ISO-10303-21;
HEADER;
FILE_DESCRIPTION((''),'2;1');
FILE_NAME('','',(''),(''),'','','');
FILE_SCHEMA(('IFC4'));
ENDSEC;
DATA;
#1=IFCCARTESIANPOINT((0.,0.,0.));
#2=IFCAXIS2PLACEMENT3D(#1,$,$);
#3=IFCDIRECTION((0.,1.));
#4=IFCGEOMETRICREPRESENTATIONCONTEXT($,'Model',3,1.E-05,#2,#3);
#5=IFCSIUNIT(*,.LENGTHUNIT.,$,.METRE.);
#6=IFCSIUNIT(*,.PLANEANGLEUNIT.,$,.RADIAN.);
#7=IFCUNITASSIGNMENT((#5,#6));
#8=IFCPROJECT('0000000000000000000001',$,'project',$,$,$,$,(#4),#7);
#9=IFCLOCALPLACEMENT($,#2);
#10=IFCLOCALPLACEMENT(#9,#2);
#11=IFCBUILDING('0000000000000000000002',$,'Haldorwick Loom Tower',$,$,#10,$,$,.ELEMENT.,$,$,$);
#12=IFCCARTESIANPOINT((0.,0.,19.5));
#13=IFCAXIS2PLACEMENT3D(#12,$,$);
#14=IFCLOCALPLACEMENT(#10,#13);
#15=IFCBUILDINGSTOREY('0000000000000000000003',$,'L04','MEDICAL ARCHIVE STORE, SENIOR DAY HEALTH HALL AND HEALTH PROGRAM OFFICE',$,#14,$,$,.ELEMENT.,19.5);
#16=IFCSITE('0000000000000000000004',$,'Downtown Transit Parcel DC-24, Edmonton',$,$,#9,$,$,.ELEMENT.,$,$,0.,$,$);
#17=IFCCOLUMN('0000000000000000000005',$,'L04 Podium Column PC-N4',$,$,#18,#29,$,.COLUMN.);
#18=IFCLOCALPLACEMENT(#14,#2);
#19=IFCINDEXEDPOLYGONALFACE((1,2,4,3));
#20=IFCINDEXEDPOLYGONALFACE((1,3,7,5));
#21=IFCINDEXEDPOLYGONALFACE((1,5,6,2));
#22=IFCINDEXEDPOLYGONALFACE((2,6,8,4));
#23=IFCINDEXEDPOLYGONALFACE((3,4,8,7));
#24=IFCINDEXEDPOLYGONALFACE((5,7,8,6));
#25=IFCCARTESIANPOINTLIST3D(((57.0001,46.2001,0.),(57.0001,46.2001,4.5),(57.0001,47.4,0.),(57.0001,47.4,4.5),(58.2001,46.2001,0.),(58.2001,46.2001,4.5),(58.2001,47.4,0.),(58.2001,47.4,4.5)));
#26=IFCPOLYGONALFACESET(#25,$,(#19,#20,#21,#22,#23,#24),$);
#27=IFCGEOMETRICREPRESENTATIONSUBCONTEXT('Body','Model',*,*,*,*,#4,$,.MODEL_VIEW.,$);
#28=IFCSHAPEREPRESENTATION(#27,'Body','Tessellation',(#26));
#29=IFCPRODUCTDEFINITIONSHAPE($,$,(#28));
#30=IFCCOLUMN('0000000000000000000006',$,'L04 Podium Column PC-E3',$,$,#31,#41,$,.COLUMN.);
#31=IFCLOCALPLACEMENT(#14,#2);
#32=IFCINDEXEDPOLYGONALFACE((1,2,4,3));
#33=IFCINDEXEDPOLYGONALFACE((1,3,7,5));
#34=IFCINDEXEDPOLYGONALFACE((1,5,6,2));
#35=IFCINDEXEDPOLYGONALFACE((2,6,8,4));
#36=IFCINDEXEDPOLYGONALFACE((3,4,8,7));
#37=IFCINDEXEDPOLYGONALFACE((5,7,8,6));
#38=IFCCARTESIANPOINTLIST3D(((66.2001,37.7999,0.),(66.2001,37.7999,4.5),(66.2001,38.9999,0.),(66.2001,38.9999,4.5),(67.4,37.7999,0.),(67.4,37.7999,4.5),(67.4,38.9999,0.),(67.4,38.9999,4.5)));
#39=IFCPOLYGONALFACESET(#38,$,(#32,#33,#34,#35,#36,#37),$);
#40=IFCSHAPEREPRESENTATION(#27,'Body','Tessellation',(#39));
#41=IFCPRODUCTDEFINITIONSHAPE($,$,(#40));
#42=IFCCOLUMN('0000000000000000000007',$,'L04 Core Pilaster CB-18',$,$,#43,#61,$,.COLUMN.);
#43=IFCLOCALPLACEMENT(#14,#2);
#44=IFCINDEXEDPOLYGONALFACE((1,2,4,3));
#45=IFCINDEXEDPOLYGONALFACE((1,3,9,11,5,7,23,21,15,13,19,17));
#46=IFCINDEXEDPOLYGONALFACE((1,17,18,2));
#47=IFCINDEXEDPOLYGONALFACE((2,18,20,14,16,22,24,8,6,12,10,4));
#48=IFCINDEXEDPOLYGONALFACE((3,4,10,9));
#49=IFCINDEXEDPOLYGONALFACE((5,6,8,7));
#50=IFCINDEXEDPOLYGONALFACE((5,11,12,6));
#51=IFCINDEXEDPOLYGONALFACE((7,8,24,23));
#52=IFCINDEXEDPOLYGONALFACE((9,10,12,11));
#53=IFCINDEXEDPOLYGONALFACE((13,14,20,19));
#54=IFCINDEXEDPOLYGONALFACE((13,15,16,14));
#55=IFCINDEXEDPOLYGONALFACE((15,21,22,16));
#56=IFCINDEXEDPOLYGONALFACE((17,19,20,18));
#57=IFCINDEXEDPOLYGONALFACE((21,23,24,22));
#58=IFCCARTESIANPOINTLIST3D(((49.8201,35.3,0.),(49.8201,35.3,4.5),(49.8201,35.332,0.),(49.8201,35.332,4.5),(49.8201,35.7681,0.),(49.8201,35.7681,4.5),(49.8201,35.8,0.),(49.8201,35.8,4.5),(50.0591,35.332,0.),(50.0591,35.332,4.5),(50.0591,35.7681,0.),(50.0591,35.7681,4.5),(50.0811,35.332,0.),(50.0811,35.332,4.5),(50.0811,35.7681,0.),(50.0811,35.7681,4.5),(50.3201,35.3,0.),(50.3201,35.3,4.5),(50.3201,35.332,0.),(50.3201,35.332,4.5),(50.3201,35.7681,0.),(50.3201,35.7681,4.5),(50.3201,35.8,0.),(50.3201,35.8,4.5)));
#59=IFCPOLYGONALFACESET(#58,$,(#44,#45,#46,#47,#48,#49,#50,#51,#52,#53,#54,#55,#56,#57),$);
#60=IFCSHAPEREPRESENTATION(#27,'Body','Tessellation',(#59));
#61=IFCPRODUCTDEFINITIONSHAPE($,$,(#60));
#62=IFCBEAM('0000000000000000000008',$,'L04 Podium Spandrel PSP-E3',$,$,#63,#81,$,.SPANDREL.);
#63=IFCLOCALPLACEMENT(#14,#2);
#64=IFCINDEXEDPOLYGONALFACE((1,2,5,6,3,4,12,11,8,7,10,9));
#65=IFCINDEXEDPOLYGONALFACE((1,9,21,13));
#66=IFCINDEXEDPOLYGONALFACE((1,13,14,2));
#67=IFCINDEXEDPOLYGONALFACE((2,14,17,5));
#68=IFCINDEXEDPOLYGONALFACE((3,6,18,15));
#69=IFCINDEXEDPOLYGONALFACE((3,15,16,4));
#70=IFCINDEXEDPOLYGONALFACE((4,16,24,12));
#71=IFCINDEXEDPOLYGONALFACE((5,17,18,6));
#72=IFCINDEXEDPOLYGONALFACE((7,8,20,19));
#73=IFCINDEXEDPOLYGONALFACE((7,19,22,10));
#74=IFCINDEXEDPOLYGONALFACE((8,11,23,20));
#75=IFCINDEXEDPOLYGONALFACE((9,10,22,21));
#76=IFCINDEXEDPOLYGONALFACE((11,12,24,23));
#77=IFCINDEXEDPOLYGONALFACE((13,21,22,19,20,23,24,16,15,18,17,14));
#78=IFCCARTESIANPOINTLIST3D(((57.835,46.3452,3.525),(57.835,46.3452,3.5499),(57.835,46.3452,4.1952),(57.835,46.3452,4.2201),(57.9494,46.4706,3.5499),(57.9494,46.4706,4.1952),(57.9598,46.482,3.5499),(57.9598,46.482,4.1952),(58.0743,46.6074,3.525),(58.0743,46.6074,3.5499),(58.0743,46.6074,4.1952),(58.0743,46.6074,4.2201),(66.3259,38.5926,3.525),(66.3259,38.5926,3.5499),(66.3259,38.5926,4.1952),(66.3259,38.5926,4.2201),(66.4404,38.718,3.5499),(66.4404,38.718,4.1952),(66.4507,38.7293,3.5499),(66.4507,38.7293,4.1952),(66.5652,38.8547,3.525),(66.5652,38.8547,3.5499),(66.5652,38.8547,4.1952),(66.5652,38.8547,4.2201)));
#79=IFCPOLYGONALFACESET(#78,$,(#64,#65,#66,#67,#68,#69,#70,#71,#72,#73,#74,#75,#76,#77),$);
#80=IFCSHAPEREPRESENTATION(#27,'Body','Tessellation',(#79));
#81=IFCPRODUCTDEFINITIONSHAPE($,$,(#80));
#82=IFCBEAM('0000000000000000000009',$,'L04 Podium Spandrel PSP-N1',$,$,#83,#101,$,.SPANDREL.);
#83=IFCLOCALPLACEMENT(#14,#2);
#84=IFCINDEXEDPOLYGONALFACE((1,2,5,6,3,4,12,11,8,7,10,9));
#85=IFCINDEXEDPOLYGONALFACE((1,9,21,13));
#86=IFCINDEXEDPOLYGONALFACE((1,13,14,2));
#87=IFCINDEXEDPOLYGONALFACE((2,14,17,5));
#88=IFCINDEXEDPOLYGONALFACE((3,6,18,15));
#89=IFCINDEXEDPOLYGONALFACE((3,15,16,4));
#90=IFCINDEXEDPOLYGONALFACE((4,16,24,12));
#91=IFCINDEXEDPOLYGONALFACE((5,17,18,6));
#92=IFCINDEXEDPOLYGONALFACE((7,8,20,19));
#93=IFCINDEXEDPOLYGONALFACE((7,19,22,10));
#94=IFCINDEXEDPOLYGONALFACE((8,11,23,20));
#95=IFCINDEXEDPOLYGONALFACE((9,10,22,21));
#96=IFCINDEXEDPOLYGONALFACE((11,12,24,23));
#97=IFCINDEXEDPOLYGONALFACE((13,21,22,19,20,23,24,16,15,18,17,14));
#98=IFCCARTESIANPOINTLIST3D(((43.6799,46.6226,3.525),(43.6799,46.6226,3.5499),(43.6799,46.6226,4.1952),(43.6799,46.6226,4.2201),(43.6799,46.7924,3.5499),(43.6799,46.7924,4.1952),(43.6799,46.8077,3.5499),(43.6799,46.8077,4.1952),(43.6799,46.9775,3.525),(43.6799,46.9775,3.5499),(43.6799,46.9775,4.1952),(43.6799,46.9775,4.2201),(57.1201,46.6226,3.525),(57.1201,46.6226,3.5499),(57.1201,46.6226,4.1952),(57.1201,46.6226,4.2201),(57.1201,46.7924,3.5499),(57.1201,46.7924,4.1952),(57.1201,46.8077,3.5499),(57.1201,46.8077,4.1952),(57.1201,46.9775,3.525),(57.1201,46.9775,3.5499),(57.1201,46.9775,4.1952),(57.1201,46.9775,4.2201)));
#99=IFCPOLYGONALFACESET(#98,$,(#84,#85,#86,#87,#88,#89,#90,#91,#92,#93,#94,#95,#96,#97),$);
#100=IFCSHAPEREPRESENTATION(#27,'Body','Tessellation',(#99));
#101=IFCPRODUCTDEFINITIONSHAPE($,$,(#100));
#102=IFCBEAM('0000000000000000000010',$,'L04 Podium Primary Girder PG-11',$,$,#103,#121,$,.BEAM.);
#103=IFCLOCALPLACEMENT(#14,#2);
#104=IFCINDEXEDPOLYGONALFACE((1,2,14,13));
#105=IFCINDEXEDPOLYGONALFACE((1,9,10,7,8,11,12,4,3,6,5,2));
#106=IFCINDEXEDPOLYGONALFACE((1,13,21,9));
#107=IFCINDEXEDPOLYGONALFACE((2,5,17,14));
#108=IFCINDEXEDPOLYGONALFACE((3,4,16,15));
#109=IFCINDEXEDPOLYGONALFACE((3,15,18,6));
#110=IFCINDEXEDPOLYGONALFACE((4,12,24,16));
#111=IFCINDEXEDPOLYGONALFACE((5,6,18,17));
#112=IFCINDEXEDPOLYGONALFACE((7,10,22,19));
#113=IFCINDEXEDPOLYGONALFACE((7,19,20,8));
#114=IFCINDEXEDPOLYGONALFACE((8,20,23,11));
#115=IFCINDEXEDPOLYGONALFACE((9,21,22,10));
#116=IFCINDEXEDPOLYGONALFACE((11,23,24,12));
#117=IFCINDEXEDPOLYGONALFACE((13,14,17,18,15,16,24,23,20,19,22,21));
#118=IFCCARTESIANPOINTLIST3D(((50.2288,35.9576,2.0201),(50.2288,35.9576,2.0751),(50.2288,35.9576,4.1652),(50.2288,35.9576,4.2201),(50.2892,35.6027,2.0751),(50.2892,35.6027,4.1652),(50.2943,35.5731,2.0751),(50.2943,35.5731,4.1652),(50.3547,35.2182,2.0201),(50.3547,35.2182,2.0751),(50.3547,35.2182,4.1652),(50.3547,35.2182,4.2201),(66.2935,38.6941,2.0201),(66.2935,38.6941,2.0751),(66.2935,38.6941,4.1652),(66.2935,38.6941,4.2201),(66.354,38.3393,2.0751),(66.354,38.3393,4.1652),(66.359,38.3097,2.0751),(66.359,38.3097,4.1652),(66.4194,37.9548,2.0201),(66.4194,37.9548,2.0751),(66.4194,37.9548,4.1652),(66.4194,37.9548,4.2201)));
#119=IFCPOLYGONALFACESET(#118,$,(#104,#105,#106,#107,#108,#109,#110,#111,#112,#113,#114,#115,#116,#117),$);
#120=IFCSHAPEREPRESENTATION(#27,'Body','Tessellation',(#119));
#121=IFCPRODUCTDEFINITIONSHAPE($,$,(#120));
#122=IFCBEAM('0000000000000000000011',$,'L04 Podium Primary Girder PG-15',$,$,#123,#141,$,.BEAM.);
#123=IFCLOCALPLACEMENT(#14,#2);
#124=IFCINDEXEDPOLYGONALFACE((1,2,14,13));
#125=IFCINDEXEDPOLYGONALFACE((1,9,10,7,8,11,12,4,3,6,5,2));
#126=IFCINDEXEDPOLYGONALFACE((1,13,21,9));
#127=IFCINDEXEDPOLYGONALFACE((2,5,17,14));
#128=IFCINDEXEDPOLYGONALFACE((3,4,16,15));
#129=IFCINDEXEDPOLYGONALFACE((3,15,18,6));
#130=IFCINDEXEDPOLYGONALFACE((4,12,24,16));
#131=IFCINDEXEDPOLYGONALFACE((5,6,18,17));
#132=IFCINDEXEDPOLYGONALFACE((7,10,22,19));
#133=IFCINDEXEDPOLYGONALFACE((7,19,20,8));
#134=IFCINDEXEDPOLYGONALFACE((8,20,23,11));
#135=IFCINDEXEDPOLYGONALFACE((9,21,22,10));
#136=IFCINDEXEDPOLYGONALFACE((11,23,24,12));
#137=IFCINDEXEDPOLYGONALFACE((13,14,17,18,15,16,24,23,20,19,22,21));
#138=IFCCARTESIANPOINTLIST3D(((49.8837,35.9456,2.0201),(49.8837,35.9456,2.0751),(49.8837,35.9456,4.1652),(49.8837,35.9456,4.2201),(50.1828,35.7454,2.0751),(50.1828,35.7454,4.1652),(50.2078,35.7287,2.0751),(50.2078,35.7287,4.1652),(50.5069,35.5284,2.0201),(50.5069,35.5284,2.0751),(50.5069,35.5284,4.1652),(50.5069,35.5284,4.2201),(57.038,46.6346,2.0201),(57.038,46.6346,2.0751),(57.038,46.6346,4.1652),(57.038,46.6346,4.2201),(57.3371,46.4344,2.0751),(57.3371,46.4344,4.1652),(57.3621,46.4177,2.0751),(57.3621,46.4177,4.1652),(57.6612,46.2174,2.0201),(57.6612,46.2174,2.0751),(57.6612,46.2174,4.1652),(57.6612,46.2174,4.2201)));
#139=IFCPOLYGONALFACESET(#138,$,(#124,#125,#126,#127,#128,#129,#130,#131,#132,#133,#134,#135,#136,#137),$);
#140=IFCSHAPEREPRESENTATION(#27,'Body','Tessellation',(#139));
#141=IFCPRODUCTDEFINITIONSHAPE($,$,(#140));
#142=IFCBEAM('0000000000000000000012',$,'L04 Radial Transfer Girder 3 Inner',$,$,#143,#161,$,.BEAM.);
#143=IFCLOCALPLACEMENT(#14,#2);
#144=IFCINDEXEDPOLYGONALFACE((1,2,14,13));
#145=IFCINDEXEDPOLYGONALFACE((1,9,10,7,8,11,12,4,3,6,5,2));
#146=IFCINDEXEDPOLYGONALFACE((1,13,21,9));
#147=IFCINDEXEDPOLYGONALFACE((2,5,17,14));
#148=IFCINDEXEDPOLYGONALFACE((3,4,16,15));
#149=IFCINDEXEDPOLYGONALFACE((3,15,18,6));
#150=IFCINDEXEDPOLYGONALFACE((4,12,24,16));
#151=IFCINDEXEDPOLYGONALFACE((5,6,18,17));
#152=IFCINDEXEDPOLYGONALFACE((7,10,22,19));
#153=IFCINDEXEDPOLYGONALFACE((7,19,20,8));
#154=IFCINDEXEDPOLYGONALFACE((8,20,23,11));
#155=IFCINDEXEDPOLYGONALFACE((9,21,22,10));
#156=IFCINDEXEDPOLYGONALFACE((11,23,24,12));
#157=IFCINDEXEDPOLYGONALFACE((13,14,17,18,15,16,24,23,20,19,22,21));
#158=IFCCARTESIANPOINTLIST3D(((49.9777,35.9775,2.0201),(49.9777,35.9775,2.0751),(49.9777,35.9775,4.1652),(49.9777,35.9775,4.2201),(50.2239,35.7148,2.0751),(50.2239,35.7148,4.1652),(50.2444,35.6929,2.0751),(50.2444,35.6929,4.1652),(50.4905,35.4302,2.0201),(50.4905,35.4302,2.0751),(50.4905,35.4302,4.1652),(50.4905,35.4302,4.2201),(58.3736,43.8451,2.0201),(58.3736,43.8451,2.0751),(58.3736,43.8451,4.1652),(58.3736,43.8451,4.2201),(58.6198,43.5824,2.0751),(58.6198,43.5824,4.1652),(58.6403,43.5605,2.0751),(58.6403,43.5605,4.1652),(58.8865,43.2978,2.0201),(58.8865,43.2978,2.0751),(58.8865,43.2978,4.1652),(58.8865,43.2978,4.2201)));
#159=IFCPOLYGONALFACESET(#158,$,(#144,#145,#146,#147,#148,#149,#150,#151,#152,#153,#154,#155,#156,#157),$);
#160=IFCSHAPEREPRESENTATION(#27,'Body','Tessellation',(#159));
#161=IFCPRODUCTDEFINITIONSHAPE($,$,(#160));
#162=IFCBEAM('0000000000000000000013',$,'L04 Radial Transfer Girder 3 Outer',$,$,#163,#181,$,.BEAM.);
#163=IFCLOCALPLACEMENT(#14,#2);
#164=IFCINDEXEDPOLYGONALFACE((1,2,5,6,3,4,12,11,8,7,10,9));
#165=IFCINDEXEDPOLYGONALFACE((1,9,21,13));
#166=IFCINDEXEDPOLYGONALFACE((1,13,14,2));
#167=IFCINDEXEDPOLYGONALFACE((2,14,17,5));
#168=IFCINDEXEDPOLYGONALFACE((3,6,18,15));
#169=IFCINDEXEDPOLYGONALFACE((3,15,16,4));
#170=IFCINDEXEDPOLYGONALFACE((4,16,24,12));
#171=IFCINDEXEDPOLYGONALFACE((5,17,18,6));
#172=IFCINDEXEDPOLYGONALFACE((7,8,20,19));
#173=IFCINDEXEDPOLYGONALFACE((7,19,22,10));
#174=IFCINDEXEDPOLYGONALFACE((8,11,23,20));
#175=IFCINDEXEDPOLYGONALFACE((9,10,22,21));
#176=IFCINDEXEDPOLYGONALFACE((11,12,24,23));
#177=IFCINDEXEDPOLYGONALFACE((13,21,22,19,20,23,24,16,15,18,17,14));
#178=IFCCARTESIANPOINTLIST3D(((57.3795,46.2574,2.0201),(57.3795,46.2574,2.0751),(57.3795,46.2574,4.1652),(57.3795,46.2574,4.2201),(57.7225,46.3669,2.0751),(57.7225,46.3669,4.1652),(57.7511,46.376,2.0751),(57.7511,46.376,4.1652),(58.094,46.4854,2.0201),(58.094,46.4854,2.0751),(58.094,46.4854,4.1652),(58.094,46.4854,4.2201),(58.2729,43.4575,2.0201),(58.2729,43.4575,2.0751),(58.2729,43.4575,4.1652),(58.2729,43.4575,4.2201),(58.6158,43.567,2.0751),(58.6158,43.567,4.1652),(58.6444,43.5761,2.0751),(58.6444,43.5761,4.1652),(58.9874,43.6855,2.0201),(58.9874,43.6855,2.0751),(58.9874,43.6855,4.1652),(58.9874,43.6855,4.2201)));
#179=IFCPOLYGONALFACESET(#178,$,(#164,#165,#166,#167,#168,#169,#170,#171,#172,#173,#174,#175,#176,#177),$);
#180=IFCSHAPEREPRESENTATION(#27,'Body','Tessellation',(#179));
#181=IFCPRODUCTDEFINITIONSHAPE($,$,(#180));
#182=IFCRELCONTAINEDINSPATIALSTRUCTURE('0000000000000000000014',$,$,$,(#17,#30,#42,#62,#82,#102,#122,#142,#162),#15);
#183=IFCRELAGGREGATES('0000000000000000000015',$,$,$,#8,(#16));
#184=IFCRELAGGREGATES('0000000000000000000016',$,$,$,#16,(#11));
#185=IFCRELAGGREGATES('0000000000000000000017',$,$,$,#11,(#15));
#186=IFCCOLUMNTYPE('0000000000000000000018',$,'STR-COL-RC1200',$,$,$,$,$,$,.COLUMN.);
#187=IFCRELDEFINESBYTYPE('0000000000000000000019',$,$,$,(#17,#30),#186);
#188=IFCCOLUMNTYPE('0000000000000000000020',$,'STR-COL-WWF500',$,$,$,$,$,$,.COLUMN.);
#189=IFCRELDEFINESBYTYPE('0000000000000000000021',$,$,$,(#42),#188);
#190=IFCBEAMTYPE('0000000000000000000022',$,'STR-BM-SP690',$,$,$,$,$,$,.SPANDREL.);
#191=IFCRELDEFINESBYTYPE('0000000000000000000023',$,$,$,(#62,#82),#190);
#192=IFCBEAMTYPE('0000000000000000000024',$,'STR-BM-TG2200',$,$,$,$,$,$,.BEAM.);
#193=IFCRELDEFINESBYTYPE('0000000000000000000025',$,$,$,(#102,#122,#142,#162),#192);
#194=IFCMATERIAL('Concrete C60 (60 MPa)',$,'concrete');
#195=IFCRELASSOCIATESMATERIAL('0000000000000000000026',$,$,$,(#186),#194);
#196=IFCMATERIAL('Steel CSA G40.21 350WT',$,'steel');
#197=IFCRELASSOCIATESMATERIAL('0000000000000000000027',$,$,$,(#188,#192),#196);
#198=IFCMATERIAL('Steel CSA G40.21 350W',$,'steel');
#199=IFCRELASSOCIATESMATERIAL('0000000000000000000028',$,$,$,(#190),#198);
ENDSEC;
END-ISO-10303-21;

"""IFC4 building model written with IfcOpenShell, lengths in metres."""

from ifc_helpers import new_model, si_unit, direction, frame, origin, origin_2d, place, context, subcontext, project, spatial, rectangle, i_section, extrude, material, material_profile, profile_set, type_object, element, save


model = new_model("IFC4")

# Units and contexts
model_context = context("Model", 3, precision=1e-05, world=origin(), true_north=direction((0.0, 1.0)))
body_context = subcontext(model_context, "Body", "Model", "MODEL_VIEW")
ifc_project = project(units=[si_unit("LENGTHUNIT", "METRE"), si_unit("PLANEANGLEUNIT", "RADIAN")], contexts=[model_context])

# Site, building, storey
site_placement = place(None, origin())
site = spatial("IfcSite", under=ifc_project, at=site_placement, Name="Downtown Transit Parcel DC-24, Edmonton", CompositionType="ELEMENT", RefElevation=0.0)
building_placement = place(site_placement, origin())
building = spatial("IfcBuilding", under=site, at=building_placement, Name="Haldorwick Loom Tower", CompositionType="ELEMENT")
storey_placement = place(building_placement, frame((0.0, 0.0, 19.5)))
storey = spatial("IfcBuildingStorey", under=building, at=storey_placement, Name="L04", Description="MEDICAL ARCHIVE STORE, SENIOR DAY HEALTH HALL AND HEALTH PROGRAM OFFICE", CompositionType="ELEMENT", Elevation=19.5)

# Columns
ifc_material_1 = material(Name="Concrete C60 (60 MPa)", Category="concrete")
ifc_material_profile_1 = material_profile(ifc_material_1, rectangle(XDim=1.2, YDim=1.2, at=origin_2d()), Name="RC1200X1200", Category="concrete")
ifc_profile_set_1 = profile_set([ifc_material_profile_1], Name="Concrete C60 (60 MPa)")
column_type_1 = type_object("IfcColumnType", Name="STR-COL-RC1200", PredefinedType="COLUMN", material=ifc_profile_set_1)
for number, where, z_axis, x_axis, name in (
    (1, (57.6001, 46.8, 0.0), (0.0, 0.0, 1.0), (1.0, 0.0, 0.0), "L04 Podium Column PC-N4"),
    (2, (66.8, 38.3999, 0.0), (0.0, 0.0, 1.0), (1.0, 0.0, 0.0), "L04 Podium Column PC-E3"),
):
    element("IfcColumn", number, at=place(storey_placement, frame(where, z_axis=z_axis, x_axis=x_axis)), inside=storey, type_object=column_type_1, Name=name, PredefinedType="COLUMN", context=body_context, shape_type="SweptSolid", body=[
        extrude(rectangle(XDim=1.2, YDim=1.2, at=origin_2d()), origin(), (0.0, 0.0, 1.0), 4.5),
    ])
ifc_material_2 = material(Name="Steel CSA G40.21 350WT", Category="steel")
ifc_material_profile_2 = material_profile(ifc_material_2, i_section(OverallWidth=0.5, OverallDepth=0.5, WebThickness=0.022, FlangeThickness=0.032, at=origin_2d()), Name="WWF500X500", Category="steel")
ifc_profile_set_2 = profile_set([ifc_material_profile_2], Name="Steel CSA G40.21 350WT")
column_type_2 = type_object("IfcColumnType", Name="STR-COL-WWF500", PredefinedType="COLUMN", material=ifc_profile_set_2)
column_placement = place(storey_placement, frame((50.0701, 35.55, 0.0), z_axis=(0.0, 0.0, 1.0), x_axis=(1.0, 0.0, 0.0)))
element("IfcColumn", 3, at=column_placement, inside=storey, type_object=column_type_2, Name="L04 Core Pilaster CB-18", PredefinedType="COLUMN", context=body_context, shape_type="SweptSolid", body=[
    extrude(i_section(OverallWidth=0.5, OverallDepth=0.5, WebThickness=0.022, FlangeThickness=0.032, at=origin_2d()), origin(), (0.0, 0.0, 1.0), 4.5),
])

# Beams
ifc_material_3 = material(Name="Steel CSA G40.21 350W", Category="steel")
ifc_material_profile_3 = material_profile(ifc_material_3, i_section(OverallWidth=0.355, OverallDepth=0.6951, WebThickness=0.0154, FlangeThickness=0.0249, at=origin_2d()), Name="W690X217", Category="steel")
ifc_profile_set_3 = profile_set([ifc_material_profile_3], Name="Steel CSA G40.21 350W")
beam_type_1 = type_object("IfcBeamType", Name="STR-BM-SP690", PredefinedType="SPANDREL", material=ifc_profile_set_3)
beam_1_placement = place(storey_placement, frame((66.4456, 38.7236, 3.8726), z_axis=(-0.738483, 0.674272, 0.0), x_axis=(-0.674272, -0.738483, 0.0)))
element("IfcBeam", 4, at=beam_1_placement, inside=storey, type_object=beam_type_1, Name="L04 Podium Spandrel PSP-E3", PredefinedType="SPANDREL", context=body_context, shape_type="SweptSolid", body=[
    extrude(i_section(OverallWidth=0.355, OverallDepth=0.6951, WebThickness=0.0154, FlangeThickness=0.0249, at=origin_2d()), origin(), (0.0, 0.0, 1.0), 11.4978),
])
beam_2_placement = place(storey_placement, frame((57.1201, 46.8, 3.8726), z_axis=(-1.0, 0.0, 0.0), x_axis=(0.0, -1.0, 0.0)))
element("IfcBeam", 5, at=beam_2_placement, inside=storey, type_object=beam_type_1, Name="L04 Podium Spandrel PSP-N1", PredefinedType="SPANDREL", context=body_context, shape_type="SweptSolid", body=[
    extrude(i_section(OverallWidth=0.355, OverallDepth=0.6951, WebThickness=0.0154, FlangeThickness=0.0249, at=origin_2d()), origin(), (0.0, 0.0, 1.0), 13.4402),
])
ifc_material_profile_4 = material_profile(ifc_material_2, i_section(OverallWidth=0.75, OverallDepth=2.2, WebThickness=0.03, FlangeThickness=0.0549, at=origin_2d()), Name="WWF2200X750", Category="steel")
ifc_profile_set_4 = profile_set([ifc_material_profile_4], Name="Steel CSA G40.21 350WT")
beam_type_2 = type_object("IfcBeamType", Name="STR-BM-TG2200", PredefinedType="BEAM", material=ifc_profile_set_4)
beam_3_placement = place(storey_placement, frame((50.2917, 35.5879, 3.1201), z_axis=(0.985799, 0.167928, 0.0), x_axis=(-0.167928, 0.985799, 0.0)))
element("IfcBeam", 6, at=beam_3_placement, inside=storey, type_object=beam_type_2, Name="L04 Podium Primary Girder PG-11", PredefinedType="BEAM", context=body_context, shape_type="SweptSolid", body=[
    extrude(i_section(OverallWidth=0.75, OverallDepth=2.2, WebThickness=0.03, FlangeThickness=0.0549, at=origin_2d()), origin(), (0.0, 0.0, 1.0), 16.2961),
])
beam_4_placement = place(storey_placement, frame((57.3496, 46.426, 3.1201), z_axis=(-0.556224, -0.831033, 0.0), x_axis=(0.831033, -0.556224, 0.0)))
element("IfcBeam", 7, at=beam_4_placement, inside=storey, type_object=beam_type_2, Name="L04 Podium Primary Girder PG-15", PredefinedType="BEAM", context=body_context, shape_type="SweptSolid", body=[
    extrude(i_section(OverallWidth=0.75, OverallDepth=2.2, WebThickness=0.03, FlangeThickness=0.0549, at=origin_2d()), origin(), (0.0, 0.0, 1.0), 12.8623),
])
beam_5_placement = place(storey_placement, frame((50.2341, 35.7039, 3.1201), z_axis=(0.729692, 0.683776, 0.0), x_axis=(-0.683776, 0.729692, 0.0)))
element("IfcBeam", 8, at=beam_5_placement, inside=storey, type_object=beam_type_2, Name="L04 Radial Transfer Girder 3 Inner", PredefinedType="BEAM", context=body_context, shape_type="SweptSolid", body=[
    extrude(i_section(OverallWidth=0.75, OverallDepth=2.2, WebThickness=0.03, FlangeThickness=0.0549, at=origin_2d()), origin(), (0.0, 0.0, 1.0), 11.5061),
])
beam_6_placement = place(storey_placement, frame((58.6301, 43.5715, 3.1201), z_axis=(-0.303965, 0.952683, 0.0), x_axis=(-0.952683, -0.303965, 0.0)))
element("IfcBeam", 9, at=beam_6_placement, inside=storey, type_object=beam_type_2, Name="L04 Radial Transfer Girder 3 Outer", PredefinedType="BEAM", context=body_context, shape_type="SweptSolid", body=[
    extrude(i_section(OverallWidth=0.75, OverallDepth=2.2, WebThickness=0.03, FlangeThickness=0.0549, at=origin_2d()), origin(), (0.0, 0.0, 1.0), 2.939),
])

save(model, "model.ifc")
